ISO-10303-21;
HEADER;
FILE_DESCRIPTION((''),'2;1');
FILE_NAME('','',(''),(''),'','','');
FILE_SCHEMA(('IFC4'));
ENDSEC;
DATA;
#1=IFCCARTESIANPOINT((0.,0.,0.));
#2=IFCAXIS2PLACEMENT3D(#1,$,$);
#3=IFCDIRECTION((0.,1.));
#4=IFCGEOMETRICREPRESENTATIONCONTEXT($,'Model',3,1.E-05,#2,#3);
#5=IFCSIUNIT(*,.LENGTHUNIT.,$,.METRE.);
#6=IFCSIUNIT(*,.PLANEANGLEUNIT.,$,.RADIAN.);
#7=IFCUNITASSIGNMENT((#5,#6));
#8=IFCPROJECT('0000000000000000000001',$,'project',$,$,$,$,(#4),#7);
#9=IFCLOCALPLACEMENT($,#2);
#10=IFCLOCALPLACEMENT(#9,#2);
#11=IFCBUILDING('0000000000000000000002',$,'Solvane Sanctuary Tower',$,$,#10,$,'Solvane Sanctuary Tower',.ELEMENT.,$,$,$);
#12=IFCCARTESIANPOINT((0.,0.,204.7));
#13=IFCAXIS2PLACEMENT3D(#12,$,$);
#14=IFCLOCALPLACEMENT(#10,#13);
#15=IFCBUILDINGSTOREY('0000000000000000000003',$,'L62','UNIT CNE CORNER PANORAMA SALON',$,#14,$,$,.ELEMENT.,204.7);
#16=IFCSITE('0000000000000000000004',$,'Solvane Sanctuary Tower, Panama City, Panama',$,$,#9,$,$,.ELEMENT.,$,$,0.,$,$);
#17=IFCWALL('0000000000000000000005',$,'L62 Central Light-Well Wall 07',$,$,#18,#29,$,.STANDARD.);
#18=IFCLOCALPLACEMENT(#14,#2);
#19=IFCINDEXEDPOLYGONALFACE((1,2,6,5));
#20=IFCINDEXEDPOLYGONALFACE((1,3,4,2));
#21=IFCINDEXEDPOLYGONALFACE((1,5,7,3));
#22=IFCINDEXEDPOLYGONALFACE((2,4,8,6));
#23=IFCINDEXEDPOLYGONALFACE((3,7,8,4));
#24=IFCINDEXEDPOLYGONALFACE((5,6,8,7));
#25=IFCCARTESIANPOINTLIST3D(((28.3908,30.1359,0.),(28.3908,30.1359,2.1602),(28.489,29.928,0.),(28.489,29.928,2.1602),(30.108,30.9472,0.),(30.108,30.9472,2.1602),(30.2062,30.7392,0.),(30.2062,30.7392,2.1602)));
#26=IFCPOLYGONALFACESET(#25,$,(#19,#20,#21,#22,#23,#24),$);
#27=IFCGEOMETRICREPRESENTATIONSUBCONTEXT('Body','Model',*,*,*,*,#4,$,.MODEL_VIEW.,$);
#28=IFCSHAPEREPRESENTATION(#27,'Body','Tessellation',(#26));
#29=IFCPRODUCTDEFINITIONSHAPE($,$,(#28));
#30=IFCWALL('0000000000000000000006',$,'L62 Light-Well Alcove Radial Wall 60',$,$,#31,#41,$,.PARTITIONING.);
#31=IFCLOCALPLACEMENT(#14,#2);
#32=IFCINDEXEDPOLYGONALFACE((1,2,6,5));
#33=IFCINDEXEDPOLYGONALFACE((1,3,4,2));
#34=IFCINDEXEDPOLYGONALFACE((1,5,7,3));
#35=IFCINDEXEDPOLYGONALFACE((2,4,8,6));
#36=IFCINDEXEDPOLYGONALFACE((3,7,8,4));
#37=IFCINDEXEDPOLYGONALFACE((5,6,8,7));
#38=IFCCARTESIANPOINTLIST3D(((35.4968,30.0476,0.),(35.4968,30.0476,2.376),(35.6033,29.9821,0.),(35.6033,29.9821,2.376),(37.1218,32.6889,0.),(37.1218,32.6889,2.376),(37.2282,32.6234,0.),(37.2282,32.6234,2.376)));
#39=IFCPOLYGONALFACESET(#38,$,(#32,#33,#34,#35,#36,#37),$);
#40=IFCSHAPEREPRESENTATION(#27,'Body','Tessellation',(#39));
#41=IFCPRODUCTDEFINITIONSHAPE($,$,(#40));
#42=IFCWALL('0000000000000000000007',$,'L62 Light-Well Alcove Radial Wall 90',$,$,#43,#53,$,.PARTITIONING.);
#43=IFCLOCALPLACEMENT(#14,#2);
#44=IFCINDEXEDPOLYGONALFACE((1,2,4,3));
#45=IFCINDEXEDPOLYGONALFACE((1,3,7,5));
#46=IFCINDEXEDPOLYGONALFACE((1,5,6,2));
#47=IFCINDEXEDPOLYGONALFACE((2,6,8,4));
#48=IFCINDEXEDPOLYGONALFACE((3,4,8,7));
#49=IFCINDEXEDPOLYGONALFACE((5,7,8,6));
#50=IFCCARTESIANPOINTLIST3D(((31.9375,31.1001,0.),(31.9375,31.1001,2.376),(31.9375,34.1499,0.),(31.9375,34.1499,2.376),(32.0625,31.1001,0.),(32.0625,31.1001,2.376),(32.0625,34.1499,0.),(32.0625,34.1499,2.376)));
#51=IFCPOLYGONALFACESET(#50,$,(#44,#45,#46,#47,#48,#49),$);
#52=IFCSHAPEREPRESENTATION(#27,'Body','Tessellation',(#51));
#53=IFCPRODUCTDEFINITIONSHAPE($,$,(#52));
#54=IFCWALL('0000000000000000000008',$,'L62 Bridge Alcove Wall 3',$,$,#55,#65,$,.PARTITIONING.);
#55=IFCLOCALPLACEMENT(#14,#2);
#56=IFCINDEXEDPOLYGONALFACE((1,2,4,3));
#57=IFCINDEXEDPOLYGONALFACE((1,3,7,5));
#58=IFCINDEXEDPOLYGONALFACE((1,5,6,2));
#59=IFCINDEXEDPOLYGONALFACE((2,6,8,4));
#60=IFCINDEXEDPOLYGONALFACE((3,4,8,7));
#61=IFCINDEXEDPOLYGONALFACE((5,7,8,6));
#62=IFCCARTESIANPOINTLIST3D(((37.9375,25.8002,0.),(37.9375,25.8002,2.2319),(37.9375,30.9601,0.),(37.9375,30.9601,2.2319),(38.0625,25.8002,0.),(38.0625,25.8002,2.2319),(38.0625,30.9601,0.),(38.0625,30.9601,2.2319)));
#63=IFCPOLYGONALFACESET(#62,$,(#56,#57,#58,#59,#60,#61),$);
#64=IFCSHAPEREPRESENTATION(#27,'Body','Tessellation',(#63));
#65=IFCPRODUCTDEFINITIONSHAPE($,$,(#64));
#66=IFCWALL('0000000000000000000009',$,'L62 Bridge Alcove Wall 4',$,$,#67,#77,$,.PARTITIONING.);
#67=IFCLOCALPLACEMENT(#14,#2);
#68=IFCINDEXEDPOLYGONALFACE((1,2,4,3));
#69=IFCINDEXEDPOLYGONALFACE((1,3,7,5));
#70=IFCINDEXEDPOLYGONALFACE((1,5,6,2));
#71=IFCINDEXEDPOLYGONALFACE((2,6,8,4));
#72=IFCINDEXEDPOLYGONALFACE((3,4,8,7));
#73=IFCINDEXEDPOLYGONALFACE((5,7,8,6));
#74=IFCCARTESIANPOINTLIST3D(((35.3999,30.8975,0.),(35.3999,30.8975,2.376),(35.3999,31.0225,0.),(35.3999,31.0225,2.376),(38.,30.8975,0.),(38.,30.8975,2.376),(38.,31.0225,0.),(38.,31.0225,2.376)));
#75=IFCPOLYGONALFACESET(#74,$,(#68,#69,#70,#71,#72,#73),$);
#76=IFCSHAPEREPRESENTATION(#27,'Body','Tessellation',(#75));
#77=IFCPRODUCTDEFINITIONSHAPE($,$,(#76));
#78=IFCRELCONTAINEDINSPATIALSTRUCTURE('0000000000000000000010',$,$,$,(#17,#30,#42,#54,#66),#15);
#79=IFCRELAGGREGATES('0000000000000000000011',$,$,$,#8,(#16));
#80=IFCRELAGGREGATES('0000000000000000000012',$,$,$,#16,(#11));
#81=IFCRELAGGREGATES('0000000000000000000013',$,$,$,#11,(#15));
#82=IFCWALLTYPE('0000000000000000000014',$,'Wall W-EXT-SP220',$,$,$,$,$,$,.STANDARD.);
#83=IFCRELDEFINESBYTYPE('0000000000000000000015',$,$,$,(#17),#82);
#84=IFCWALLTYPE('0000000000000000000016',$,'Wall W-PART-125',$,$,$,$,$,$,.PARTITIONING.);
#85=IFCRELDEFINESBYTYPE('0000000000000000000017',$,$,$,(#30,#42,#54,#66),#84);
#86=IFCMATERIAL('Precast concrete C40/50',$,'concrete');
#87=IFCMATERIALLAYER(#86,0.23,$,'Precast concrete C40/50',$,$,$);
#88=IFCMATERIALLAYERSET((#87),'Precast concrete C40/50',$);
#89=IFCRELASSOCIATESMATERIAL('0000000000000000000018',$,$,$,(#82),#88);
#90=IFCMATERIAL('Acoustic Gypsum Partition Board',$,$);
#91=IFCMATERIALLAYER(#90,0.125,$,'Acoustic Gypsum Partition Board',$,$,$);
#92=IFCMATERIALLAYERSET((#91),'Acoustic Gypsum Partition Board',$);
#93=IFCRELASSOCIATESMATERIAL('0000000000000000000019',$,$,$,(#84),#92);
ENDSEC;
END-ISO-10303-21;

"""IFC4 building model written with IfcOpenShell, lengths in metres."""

from ifc_helpers import new_model, si_unit, direction, frame, frame_2d, origin, place, context, subcontext, project, spatial, rectangle, extrude, material, layer, layer_set, type_object, element, save


model = new_model("IFC4")

# Units and contexts
model_context = context("Model", 3, precision=1e-05, world=origin(), true_north=direction((0.0, 1.0)))
body_context = subcontext(model_context, "Body", "Model", "MODEL_VIEW")
ifc_project = project(units=[si_unit("LENGTHUNIT", "METRE"), si_unit("PLANEANGLEUNIT", "RADIAN")], contexts=[model_context])

# Site, building, storey
site_placement = place(None, origin())
site = spatial("IfcSite", under=ifc_project, at=site_placement, Name="Solvane Sanctuary Tower, Panama City, Panama", CompositionType="ELEMENT", RefElevation=0.0)
building_placement = place(site_placement, origin())
building = spatial("IfcBuilding", under=site, at=building_placement, Name="Solvane Sanctuary Tower", LongName="Solvane Sanctuary Tower", CompositionType="ELEMENT")
storey_placement = place(building_placement, frame((0.0, 0.0, 204.7)))
storey = spatial("IfcBuildingStorey", under=building, at=storey_placement, Name="L62", Description="UNIT CNE CORNER PANORAMA SALON", CompositionType="ELEMENT", Elevation=204.7)

# Shared definitions
ifc_material_1 = material(Name="Precast concrete C40/50", Category="concrete")
ifc_layer_1 = layer(ifc_material_1, 0.23, Name="Precast concrete C40/50")
ifc_layer_set_1 = layer_set([ifc_layer_1], Name="Precast concrete C40/50")
wall_type_1 = type_object("IfcWallType", Name="Wall W-EXT-SP220", PredefinedType="STANDARD", material=ifc_layer_set_1)

# Walls
wall_1_placement = place(storey_placement, frame((30.1572, 30.8433, 0.0), z_axis=(0.0, 0.0, 1.0), x_axis=(-0.90418, -0.427152, 0.0)))
element("IfcWall", 1, at=wall_1_placement, inside=storey, type_object=wall_type_1, Name="L62 Central Light-Well Wall 07", PredefinedType="STANDARD", context=body_context, shape_type="SweptSolid", body=[
    extrude(rectangle(XDim=1.8992, YDim=0.23, at=frame_2d((0.9497, 0.0))), origin(), (0.0, 0.0, 1.0), 2.1602),
])
ifc_material_2 = material(Name="Acoustic Gypsum Partition Board")
ifc_layer_2 = layer(ifc_material_2, 0.125, Name="Acoustic Gypsum Partition Board")
ifc_layer_set_2 = layer_set([ifc_layer_2], Name="Acoustic Gypsum Partition Board")
wall_type_2 = type_object("IfcWallType", Name="Wall W-PART-125", PredefinedType="PARTITIONING", material=ifc_layer_set_2)
wall_2_placement = place(storey_placement, frame((35.55, 30.0149, 0.0), z_axis=(0.0, 0.0, 1.0), x_axis=(0.523992, 0.851723, 0.0)))
element("IfcWall", 2, at=wall_2_placement, inside=storey, type_object=wall_type_2, Name="L62 Light-Well Alcove Radial Wall 60", PredefinedType="PARTITIONING", context=body_context, shape_type="SweptSolid", body=[
    extrude(rectangle(XDim=3.1011, YDim=0.125, at=frame_2d((1.5505, 0.0))), origin(), (0.0, 0.0, 1.0), 2.376),
])
wall_3_placement = place(storey_placement, frame((32.0, 31.1001, 0.0), z_axis=(0.0, 0.0, 1.0), x_axis=(0.0, 1.0, 0.0)))
element("IfcWall", 3, at=wall_3_placement, inside=storey, type_object=wall_type_2, Name="L62 Light-Well Alcove Radial Wall 90", PredefinedType="PARTITIONING", context=body_context, shape_type="SweptSolid", body=[
    extrude(rectangle(XDim=3.0498, YDim=0.125, at=frame_2d((1.5249, 0.0))), origin(), (0.0, 0.0, 1.0), 2.376),
])
wall_4_placement = place(storey_placement, frame((38.0, 25.8, 0.0), z_axis=(0.0, 0.0, 1.0), x_axis=(0.0, 1.0, 0.0)))
element("IfcWall", 4, at=wall_4_placement, inside=storey, type_object=wall_type_2, Name="L62 Bridge Alcove Wall 3", PredefinedType="PARTITIONING", context=body_context, shape_type="SweptSolid", body=[
    extrude(rectangle(XDim=5.1599, YDim=0.125, at=frame_2d((2.5801, 0.0))), origin(), (0.0, 0.0, 1.0), 2.2319),
])
wall_5_placement = place(storey_placement, frame((35.3999, 30.96, 0.0), z_axis=(0.0, 0.0, 1.0), x_axis=(1.0, 0.0, 0.0)))
element("IfcWall", 5, at=wall_5_placement, inside=storey, type_object=wall_type_2, Name="L62 Bridge Alcove Wall 4", PredefinedType="PARTITIONING", context=body_context, shape_type="SweptSolid", body=[
    extrude(rectangle(XDim=2.6001, YDim=0.125, at=frame_2d((1.3, 0.0))), origin(), (0.0, 0.0, 1.0), 2.376),
])

save(model, "model.ifc")
